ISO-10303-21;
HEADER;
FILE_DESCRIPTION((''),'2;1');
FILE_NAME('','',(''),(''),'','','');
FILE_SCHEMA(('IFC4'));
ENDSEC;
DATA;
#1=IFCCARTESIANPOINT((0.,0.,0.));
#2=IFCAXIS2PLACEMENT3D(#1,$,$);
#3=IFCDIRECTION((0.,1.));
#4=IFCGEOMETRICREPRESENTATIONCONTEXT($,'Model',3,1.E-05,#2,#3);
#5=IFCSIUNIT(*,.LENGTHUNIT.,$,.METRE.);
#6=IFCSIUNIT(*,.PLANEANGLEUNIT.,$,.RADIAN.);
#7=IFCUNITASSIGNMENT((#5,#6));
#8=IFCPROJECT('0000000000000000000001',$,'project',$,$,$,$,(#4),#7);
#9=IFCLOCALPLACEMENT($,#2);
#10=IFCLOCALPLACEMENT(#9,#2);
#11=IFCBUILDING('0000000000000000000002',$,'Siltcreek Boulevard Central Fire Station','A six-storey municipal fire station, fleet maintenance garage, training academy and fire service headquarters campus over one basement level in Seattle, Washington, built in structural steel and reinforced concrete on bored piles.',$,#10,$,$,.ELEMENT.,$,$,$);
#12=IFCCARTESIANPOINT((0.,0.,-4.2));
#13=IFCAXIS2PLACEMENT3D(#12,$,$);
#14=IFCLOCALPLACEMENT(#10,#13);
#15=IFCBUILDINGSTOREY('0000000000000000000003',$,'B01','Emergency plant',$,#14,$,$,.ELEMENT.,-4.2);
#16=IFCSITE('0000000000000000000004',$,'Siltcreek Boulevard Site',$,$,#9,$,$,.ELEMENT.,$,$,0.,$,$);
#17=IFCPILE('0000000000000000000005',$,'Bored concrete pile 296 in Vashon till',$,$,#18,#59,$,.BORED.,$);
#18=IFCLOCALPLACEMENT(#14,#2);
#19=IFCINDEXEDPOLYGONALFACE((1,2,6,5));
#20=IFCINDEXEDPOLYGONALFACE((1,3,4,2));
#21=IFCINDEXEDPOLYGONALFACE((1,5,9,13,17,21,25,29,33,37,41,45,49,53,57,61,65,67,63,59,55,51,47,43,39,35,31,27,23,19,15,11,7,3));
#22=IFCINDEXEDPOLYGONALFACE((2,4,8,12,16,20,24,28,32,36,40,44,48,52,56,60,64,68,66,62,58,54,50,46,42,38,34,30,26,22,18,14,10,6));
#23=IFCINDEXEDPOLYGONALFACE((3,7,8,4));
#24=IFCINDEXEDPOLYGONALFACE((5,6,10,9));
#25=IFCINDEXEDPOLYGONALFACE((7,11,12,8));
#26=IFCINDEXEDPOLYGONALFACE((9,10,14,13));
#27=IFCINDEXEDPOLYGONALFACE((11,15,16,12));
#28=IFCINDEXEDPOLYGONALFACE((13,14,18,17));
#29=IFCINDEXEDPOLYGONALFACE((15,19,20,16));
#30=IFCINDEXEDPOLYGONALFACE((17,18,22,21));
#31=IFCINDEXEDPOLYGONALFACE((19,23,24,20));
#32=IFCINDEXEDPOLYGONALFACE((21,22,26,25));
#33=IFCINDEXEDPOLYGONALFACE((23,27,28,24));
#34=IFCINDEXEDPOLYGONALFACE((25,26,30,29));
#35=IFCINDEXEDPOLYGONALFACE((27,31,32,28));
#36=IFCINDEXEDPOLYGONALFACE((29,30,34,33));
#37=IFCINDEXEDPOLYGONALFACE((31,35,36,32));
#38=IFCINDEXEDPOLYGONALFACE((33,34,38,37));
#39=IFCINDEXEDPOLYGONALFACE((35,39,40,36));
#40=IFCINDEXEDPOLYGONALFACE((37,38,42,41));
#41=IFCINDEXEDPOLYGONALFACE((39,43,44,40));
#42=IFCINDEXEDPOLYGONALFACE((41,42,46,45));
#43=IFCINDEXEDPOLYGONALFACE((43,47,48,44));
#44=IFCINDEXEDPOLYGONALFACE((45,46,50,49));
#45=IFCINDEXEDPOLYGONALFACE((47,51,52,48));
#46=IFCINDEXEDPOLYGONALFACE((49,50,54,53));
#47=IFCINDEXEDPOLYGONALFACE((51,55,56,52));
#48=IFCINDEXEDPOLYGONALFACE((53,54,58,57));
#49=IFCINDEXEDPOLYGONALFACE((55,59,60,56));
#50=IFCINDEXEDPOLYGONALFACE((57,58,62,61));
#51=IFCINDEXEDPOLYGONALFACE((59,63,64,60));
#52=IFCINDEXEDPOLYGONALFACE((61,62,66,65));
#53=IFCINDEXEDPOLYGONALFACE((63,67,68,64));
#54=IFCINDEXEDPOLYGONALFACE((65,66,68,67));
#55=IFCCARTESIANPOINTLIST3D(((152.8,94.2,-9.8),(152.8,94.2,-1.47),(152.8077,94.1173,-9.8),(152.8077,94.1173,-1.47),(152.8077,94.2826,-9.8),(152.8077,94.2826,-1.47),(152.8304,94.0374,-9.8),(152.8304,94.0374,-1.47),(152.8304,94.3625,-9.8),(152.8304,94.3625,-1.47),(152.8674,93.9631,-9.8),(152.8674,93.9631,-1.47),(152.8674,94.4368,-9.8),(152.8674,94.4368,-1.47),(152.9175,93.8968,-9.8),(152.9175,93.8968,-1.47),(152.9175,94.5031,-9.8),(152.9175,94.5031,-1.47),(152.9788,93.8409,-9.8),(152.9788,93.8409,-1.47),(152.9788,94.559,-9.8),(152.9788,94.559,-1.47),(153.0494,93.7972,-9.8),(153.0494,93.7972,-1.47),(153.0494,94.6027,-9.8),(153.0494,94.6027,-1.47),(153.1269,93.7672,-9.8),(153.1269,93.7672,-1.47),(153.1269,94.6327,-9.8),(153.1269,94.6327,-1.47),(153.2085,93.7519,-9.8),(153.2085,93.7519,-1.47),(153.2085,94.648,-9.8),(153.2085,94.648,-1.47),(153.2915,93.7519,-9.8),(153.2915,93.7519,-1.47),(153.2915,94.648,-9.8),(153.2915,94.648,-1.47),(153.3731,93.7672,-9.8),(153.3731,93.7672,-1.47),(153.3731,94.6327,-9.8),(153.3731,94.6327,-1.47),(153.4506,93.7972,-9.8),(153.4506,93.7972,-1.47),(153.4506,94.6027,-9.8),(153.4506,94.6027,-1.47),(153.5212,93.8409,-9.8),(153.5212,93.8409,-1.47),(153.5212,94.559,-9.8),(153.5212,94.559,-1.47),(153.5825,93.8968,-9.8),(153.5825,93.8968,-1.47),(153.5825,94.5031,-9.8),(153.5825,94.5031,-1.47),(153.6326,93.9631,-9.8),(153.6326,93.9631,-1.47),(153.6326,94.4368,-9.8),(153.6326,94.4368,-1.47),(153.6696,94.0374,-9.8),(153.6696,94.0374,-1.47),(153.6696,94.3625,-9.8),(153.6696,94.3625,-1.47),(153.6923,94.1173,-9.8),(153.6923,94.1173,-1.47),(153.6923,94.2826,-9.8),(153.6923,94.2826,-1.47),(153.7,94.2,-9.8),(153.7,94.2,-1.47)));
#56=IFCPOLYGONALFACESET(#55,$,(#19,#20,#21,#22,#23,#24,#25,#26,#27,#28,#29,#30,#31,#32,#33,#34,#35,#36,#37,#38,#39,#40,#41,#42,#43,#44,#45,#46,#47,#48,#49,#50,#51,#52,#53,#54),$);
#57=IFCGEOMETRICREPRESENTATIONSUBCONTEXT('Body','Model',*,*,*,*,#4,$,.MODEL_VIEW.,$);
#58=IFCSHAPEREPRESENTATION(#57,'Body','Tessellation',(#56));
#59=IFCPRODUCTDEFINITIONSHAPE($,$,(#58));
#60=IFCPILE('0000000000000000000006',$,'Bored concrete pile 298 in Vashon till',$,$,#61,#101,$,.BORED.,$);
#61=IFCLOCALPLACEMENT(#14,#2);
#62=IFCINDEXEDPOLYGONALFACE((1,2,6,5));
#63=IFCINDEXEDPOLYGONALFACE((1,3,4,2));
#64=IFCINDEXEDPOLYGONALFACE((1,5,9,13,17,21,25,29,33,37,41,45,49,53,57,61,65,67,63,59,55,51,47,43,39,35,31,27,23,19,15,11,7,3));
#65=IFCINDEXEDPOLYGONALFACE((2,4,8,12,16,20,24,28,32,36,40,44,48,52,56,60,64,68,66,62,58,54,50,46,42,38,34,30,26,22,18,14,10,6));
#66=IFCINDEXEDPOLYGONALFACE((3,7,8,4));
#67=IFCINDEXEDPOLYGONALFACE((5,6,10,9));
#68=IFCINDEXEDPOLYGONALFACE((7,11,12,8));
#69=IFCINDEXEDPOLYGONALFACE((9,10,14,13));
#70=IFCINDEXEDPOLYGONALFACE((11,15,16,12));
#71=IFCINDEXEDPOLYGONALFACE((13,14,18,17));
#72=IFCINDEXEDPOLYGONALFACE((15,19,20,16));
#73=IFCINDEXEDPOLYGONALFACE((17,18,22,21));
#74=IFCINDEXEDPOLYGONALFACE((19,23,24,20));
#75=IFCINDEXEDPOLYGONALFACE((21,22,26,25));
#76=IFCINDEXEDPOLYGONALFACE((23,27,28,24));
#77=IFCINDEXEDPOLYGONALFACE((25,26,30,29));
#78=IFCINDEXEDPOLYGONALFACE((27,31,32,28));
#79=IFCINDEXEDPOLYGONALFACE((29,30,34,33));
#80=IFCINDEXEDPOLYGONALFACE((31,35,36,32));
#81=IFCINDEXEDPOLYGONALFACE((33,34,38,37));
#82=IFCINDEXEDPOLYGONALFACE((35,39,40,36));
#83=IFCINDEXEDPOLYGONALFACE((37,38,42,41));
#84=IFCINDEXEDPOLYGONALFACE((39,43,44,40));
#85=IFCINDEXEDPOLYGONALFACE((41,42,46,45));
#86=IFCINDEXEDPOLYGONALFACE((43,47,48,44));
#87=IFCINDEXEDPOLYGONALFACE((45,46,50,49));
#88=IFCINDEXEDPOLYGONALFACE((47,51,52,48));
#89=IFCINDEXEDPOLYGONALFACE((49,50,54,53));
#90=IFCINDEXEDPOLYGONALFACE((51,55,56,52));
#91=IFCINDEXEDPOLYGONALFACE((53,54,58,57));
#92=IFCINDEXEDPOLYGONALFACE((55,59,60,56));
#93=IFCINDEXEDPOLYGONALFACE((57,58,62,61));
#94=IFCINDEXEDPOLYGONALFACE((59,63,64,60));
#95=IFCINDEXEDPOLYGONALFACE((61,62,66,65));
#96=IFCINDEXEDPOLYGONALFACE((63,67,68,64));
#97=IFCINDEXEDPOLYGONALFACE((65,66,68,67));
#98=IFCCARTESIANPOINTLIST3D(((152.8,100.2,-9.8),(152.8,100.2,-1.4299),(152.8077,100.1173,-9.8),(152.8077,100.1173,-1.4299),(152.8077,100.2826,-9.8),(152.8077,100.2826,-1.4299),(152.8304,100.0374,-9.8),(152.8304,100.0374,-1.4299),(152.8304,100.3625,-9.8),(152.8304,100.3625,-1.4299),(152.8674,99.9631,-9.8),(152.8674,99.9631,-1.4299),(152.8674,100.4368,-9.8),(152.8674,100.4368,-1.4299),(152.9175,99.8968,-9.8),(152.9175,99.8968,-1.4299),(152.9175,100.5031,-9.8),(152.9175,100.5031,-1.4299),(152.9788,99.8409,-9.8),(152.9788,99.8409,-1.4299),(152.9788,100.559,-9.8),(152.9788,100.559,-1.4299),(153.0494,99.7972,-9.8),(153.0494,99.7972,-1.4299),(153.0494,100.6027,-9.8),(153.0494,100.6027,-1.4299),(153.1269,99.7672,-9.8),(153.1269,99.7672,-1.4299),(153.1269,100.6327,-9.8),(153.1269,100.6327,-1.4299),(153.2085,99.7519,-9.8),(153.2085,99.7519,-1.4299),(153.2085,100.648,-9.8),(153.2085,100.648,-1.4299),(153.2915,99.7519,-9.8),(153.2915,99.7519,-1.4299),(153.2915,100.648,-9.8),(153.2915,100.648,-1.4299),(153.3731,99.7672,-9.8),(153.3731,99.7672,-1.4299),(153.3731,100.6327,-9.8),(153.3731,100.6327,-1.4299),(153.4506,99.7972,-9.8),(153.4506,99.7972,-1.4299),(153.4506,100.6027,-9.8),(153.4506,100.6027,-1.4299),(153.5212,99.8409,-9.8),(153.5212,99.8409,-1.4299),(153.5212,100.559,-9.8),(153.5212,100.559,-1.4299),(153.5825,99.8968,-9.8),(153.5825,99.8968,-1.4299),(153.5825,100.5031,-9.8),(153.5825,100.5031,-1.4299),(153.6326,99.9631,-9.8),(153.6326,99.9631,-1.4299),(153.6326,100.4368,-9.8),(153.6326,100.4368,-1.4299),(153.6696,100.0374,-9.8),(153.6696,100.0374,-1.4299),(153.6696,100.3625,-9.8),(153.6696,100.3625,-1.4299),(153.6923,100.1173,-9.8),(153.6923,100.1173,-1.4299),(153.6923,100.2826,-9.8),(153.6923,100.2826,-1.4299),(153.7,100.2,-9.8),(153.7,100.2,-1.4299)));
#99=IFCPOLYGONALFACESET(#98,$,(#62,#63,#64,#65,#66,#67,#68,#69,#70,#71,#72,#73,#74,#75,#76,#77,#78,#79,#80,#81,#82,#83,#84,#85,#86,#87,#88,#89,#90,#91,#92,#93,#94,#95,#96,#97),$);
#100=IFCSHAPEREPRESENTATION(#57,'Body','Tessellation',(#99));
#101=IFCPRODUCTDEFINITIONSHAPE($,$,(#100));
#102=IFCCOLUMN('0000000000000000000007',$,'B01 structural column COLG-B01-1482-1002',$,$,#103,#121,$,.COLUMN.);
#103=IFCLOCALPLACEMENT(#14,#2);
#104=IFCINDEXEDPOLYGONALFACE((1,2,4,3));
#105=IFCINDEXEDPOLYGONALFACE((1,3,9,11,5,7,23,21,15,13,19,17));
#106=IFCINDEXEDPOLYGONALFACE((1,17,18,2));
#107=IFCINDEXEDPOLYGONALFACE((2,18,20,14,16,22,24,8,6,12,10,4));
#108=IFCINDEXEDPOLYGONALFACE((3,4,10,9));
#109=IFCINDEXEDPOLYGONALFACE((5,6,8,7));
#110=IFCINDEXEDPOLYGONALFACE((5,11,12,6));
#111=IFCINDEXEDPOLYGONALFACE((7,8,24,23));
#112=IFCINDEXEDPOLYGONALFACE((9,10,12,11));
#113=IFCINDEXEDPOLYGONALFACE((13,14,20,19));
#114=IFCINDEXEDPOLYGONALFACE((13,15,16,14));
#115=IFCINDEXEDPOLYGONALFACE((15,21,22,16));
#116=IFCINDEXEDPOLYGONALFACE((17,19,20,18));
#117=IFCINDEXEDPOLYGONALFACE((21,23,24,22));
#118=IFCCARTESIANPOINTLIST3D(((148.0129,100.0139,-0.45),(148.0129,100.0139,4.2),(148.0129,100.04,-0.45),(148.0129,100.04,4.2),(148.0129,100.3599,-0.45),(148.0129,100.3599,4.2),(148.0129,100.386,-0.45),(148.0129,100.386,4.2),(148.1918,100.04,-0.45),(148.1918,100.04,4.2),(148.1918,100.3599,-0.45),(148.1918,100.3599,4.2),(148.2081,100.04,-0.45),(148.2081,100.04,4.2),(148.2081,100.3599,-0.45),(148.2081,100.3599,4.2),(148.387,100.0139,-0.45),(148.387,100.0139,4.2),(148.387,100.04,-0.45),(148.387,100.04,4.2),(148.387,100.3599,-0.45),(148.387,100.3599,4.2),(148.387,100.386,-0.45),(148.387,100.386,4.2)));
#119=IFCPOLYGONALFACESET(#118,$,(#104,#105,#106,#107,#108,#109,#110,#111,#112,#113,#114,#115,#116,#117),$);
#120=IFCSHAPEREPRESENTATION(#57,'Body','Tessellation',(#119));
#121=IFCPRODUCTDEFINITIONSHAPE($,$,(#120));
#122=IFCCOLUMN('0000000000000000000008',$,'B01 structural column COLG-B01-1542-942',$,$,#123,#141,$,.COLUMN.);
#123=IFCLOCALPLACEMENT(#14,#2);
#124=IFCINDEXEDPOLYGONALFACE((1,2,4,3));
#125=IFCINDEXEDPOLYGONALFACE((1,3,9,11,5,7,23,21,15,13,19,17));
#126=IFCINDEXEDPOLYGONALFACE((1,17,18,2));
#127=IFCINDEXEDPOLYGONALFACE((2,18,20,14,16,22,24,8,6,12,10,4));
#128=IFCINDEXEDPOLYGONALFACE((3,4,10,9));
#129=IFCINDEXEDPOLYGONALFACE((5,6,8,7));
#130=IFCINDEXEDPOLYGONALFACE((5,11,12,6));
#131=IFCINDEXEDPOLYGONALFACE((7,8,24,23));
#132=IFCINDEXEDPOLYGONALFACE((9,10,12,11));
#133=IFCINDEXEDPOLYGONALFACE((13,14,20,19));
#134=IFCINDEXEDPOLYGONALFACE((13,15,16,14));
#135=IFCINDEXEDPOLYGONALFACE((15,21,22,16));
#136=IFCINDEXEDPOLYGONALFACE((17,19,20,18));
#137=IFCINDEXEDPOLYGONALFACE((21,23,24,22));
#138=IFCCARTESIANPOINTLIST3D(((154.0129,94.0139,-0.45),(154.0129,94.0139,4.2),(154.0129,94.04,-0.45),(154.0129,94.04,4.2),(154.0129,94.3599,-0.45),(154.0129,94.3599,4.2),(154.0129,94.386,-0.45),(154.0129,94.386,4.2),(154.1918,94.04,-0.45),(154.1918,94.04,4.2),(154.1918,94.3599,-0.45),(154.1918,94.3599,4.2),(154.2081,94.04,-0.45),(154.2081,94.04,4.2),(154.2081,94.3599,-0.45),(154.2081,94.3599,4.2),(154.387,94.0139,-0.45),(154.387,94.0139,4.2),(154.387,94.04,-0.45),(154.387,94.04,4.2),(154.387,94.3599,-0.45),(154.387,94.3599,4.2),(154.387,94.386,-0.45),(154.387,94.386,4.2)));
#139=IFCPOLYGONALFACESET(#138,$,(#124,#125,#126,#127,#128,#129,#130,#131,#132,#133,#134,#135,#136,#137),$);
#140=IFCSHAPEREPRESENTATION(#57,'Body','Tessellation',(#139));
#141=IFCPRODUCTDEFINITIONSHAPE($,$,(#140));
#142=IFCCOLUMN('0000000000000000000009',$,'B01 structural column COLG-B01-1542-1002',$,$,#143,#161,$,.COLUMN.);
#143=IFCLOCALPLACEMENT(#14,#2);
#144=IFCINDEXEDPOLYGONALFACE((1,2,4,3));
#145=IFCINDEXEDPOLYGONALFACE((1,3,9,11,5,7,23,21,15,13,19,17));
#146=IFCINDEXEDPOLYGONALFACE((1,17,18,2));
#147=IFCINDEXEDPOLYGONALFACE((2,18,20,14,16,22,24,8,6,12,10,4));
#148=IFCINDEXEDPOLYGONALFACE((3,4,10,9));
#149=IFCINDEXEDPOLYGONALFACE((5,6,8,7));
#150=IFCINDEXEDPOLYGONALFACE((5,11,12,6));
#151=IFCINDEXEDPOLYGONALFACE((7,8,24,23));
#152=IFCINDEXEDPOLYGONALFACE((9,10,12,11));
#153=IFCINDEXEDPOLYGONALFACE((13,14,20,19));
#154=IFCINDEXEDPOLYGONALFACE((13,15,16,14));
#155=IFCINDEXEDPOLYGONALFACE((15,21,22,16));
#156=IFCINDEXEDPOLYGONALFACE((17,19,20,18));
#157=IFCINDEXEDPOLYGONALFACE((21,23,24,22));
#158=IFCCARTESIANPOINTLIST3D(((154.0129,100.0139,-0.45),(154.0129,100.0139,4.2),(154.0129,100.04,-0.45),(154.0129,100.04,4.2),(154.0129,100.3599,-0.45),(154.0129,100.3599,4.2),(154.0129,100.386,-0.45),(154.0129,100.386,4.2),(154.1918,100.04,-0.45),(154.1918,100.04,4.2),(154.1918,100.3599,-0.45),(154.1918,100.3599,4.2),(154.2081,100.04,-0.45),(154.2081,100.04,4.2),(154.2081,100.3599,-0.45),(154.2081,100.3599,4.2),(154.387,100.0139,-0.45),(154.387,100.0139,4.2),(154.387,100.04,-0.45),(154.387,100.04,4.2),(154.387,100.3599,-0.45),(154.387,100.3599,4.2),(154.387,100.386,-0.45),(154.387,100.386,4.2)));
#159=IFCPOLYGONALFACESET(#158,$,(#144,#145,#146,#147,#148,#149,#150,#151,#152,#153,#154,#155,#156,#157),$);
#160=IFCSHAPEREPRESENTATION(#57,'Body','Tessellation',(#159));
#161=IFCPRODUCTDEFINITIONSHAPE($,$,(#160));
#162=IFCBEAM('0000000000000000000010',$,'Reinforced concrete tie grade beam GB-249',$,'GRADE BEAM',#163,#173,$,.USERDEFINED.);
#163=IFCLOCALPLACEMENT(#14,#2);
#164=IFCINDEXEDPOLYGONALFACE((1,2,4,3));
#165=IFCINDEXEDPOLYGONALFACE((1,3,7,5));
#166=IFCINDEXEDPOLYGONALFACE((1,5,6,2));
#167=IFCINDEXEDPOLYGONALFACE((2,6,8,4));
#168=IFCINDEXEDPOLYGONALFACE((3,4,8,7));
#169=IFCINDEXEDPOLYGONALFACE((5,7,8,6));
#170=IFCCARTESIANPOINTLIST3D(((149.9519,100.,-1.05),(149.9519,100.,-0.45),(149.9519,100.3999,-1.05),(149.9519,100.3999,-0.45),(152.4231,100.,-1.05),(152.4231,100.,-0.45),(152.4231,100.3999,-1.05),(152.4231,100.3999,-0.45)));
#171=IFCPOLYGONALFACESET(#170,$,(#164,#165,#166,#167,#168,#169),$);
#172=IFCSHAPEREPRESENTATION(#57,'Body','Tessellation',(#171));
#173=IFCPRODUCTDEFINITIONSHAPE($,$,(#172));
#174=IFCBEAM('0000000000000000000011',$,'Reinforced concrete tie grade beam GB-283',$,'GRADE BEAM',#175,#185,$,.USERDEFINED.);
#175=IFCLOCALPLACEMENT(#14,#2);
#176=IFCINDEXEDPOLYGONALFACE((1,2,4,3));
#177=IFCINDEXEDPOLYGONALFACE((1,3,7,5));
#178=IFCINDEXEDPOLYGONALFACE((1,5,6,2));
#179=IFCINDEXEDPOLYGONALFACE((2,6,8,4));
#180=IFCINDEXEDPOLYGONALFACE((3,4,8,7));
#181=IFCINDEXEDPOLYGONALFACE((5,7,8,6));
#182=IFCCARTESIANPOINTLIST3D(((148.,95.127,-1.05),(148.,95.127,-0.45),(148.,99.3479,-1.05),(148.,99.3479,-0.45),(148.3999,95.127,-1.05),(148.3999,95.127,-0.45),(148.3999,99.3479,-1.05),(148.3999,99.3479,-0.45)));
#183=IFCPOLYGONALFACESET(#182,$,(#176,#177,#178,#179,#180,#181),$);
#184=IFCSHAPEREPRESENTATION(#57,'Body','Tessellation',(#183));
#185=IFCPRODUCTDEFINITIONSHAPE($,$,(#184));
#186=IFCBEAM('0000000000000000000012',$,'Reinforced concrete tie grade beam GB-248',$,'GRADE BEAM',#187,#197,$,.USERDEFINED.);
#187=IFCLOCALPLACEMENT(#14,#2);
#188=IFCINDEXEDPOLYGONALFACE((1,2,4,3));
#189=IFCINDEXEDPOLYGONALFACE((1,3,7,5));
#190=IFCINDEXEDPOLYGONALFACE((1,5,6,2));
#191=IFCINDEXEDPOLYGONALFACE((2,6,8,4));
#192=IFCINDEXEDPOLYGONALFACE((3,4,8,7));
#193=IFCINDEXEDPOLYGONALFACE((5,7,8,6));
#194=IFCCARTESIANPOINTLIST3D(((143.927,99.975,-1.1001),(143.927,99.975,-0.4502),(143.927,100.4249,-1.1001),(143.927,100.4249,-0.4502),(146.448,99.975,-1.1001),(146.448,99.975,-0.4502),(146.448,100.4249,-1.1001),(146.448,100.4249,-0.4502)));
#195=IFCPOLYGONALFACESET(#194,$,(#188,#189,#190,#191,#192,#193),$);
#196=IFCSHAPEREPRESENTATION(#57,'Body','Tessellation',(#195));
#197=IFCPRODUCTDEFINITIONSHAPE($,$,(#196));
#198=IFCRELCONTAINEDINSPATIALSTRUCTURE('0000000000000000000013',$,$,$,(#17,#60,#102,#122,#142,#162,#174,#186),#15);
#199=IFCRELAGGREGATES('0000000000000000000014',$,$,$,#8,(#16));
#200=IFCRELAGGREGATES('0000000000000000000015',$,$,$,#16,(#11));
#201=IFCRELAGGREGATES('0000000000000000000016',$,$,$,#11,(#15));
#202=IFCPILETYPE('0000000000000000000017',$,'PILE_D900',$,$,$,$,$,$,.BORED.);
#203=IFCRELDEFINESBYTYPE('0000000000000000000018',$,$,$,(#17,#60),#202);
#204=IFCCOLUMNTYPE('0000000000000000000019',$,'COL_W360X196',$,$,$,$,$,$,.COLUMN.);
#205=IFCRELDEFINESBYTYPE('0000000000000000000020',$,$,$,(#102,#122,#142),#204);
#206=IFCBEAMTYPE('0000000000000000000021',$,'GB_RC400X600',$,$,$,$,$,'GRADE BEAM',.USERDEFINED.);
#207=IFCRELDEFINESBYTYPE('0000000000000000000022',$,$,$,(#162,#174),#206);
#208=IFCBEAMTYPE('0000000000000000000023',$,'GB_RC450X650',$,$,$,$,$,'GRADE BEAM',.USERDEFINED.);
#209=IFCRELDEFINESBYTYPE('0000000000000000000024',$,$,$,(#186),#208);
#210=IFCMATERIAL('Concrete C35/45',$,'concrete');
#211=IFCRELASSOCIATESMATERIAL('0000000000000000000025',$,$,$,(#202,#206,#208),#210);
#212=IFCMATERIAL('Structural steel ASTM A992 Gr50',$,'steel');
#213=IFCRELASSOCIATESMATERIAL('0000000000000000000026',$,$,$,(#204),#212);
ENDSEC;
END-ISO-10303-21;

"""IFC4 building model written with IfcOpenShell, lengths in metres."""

from ifc_helpers import new_model, si_unit, direction, frame, origin, origin_2d, place, context, subcontext, project, spatial, rectangle, circle, i_section, extrude, material, material_profile, profile_set, type_object, element, save


model = new_model("IFC4")

# Units and contexts
model_context = context("Model", 3, precision=1e-05, world=origin(), true_north=direction((0.0, 1.0)))
body_context = subcontext(model_context, "Body", "Model", "MODEL_VIEW")
ifc_project = project(units=[si_unit("LENGTHUNIT", "METRE"), si_unit("PLANEANGLEUNIT", "RADIAN")], contexts=[model_context])

# Site, building, storey
site_placement = place(None, origin())
site = spatial("IfcSite", under=ifc_project, at=site_placement, Name="Siltcreek Boulevard Site", CompositionType="ELEMENT", RefElevation=0.0)
building_placement = place(site_placement, origin())
building = spatial("IfcBuilding", under=site, at=building_placement, Name="Siltcreek Boulevard Central Fire Station", Description="A six-storey municipal fire station, fleet maintenance garage, training academy and fire service headquarters campus over one basement level in Seattle, Washington, built in structural steel and reinforced concrete on bored piles.", CompositionType="ELEMENT")
storey_placement = place(building_placement, frame((0.0, 0.0, -4.2)))
storey = spatial("IfcBuildingStorey", under=building, at=storey_placement, Name="B01", Description="Emergency plant", CompositionType="ELEMENT", Elevation=-4.2)

# Shared definitions
ifc_material_1 = material(Name="Concrete C35/45", Category="concrete")

# Piles
ifc_material_profile_1 = material_profile(ifc_material_1, circle(Radius=0.45, at=origin_2d()), Name="SHAFT900")
ifc_profile_set_1 = profile_set([ifc_material_profile_1], Name="Concrete C35/45")
pile_type_1 = type_object("IfcPileType", Name="PILE_D900", PredefinedType="BORED", material=ifc_profile_set_1)
pile_1_placement = place(storey_placement, frame((153.25, 94.2, -1.47), z_axis=(0.0, 0.0, -1.0), x_axis=(1.0, 0.0, 0.0)))
element("IfcPile", 1, at=pile_1_placement, inside=storey, type_object=pile_type_1, Name="Bored concrete pile 296 in Vashon till", PredefinedType="BORED", context=body_context, shape_type="SweptSolid", body=[
    extrude(circle(Radius=0.45, at=origin_2d()), origin(), (0.0, 0.0, 1.0), 8.3301),
])
pile_2_placement = place(storey_placement, frame((153.25, 100.2, -1.4299), z_axis=(0.0, 0.0, -1.0), x_axis=(1.0, 0.0, 0.0)))
element("IfcPile", 2, at=pile_2_placement, inside=storey, type_object=pile_type_1, Name="Bored concrete pile 298 in Vashon till", PredefinedType="BORED", context=body_context, shape_type="SweptSolid", body=[
    extrude(circle(Radius=0.45, at=origin_2d()), origin(), (0.0, 0.0, 1.0), 8.3701),
])

# Columns
ifc_material_2 = material(Name="Structural steel ASTM A992 Gr50", Category="steel")
ifc_material_profile_2 = material_profile(ifc_material_2, i_section(OverallWidth=0.374, OverallDepth=0.3721, WebThickness=0.0164, FlangeThickness=0.0261, at=origin_2d()), Name="W360X196")
ifc_profile_set_2 = profile_set([ifc_material_profile_2], Name="Structural steel ASTM A992 Gr50")
column_type = type_object("IfcColumnType", Name="COL_W360X196", PredefinedType="COLUMN", material=ifc_profile_set_2)
for number, where, z_axis, x_axis, name in (
    (3, (148.2, 100.2, -0.45), (0.0, 0.0, 1.0), (1.0, 0.0, 0.0), "B01 structural column COLG-B01-1482-1002"),
    (4, (154.2, 94.2, -0.45), (0.0, 0.0, 1.0), (1.0, 0.0, 0.0), "B01 structural column COLG-B01-1542-942"),
    (5, (154.2, 100.2, -0.45), (0.0, 0.0, 1.0), (1.0, 0.0, 0.0), "B01 structural column COLG-B01-1542-1002"),
):
    element("IfcColumn", number, at=place(storey_placement, frame(where, z_axis=z_axis, x_axis=x_axis)), inside=storey, type_object=column_type, Name=name, PredefinedType="COLUMN", context=body_context, shape_type="SweptSolid", body=[
        extrude(i_section(OverallWidth=0.374, OverallDepth=0.3721, WebThickness=0.0164, FlangeThickness=0.0261, at=origin_2d()), origin(), (0.0, 0.0, 1.0), 4.6499),
    ])

# Beams
ifc_material_profile_3 = material_profile(ifc_material_1, rectangle(XDim=0.3999, YDim=0.6001, at=origin_2d()), Name="RC400X600")
ifc_profile_set_3 = profile_set([ifc_material_profile_3], Name="Concrete C35/45")
beam_type_1 = type_object("IfcBeamType", Name="GB_RC400X600", ElementType="GRADE BEAM", PredefinedType="USERDEFINED", material=ifc_profile_set_3)
beam_1_placement = place(storey_placement, frame((149.9519, 100.2, -0.75), z_axis=(1.0, 0.0, 0.0), x_axis=(0.0, 1.0, 0.0)))
element("IfcBeam", 6, at=beam_1_placement, inside=storey, type_object=beam_type_1, Name="Reinforced concrete tie grade beam GB-249", ObjectType="GRADE BEAM", PredefinedType="USERDEFINED", context=body_context, shape_type="SweptSolid", body=[
    extrude(rectangle(XDim=0.3999, YDim=0.6001, at=origin_2d()), origin(), (0.0, 0.0, 1.0), 2.4712),
])
beam_2_placement = place(storey_placement, frame((148.2, 95.127, -0.75), z_axis=(0.0, 1.0, 0.0), x_axis=(-1.0, 0.0, 0.0)))
element("IfcBeam", 7, at=beam_2_placement, inside=storey, type_object=beam_type_1, Name="Reinforced concrete tie grade beam GB-283", ObjectType="GRADE BEAM", PredefinedType="USERDEFINED", context=body_context, shape_type="SweptSolid", body=[
    extrude(rectangle(XDim=0.3999, YDim=0.6001, at=origin_2d()), origin(), (0.0, 0.0, 1.0), 4.2209),
])
ifc_material_profile_4 = material_profile(ifc_material_1, rectangle(XDim=0.45, YDim=0.6499, at=origin_2d()), Name="RC450X650")
ifc_profile_set_4 = profile_set([ifc_material_profile_4], Name="Concrete C35/45")
beam_type_2 = type_object("IfcBeamType", Name="GB_RC450X650", ElementType="GRADE BEAM", PredefinedType="USERDEFINED", material=ifc_profile_set_4)
beam_3_placement = place(storey_placement, frame((143.927, 100.2, -0.7751), z_axis=(1.0, 0.0, 0.0), x_axis=(0.0, 1.0, 0.0)))
element("IfcBeam", 8, at=beam_3_placement, inside=storey, type_object=beam_type_2, Name="Reinforced concrete tie grade beam GB-248", ObjectType="GRADE BEAM", PredefinedType="USERDEFINED", context=body_context, shape_type="SweptSolid", body=[
    extrude(rectangle(XDim=0.45, YDim=0.6499, at=origin_2d()), origin(), (0.0, 0.0, 1.0), 2.521),
])

save(model, "model.ifc")
